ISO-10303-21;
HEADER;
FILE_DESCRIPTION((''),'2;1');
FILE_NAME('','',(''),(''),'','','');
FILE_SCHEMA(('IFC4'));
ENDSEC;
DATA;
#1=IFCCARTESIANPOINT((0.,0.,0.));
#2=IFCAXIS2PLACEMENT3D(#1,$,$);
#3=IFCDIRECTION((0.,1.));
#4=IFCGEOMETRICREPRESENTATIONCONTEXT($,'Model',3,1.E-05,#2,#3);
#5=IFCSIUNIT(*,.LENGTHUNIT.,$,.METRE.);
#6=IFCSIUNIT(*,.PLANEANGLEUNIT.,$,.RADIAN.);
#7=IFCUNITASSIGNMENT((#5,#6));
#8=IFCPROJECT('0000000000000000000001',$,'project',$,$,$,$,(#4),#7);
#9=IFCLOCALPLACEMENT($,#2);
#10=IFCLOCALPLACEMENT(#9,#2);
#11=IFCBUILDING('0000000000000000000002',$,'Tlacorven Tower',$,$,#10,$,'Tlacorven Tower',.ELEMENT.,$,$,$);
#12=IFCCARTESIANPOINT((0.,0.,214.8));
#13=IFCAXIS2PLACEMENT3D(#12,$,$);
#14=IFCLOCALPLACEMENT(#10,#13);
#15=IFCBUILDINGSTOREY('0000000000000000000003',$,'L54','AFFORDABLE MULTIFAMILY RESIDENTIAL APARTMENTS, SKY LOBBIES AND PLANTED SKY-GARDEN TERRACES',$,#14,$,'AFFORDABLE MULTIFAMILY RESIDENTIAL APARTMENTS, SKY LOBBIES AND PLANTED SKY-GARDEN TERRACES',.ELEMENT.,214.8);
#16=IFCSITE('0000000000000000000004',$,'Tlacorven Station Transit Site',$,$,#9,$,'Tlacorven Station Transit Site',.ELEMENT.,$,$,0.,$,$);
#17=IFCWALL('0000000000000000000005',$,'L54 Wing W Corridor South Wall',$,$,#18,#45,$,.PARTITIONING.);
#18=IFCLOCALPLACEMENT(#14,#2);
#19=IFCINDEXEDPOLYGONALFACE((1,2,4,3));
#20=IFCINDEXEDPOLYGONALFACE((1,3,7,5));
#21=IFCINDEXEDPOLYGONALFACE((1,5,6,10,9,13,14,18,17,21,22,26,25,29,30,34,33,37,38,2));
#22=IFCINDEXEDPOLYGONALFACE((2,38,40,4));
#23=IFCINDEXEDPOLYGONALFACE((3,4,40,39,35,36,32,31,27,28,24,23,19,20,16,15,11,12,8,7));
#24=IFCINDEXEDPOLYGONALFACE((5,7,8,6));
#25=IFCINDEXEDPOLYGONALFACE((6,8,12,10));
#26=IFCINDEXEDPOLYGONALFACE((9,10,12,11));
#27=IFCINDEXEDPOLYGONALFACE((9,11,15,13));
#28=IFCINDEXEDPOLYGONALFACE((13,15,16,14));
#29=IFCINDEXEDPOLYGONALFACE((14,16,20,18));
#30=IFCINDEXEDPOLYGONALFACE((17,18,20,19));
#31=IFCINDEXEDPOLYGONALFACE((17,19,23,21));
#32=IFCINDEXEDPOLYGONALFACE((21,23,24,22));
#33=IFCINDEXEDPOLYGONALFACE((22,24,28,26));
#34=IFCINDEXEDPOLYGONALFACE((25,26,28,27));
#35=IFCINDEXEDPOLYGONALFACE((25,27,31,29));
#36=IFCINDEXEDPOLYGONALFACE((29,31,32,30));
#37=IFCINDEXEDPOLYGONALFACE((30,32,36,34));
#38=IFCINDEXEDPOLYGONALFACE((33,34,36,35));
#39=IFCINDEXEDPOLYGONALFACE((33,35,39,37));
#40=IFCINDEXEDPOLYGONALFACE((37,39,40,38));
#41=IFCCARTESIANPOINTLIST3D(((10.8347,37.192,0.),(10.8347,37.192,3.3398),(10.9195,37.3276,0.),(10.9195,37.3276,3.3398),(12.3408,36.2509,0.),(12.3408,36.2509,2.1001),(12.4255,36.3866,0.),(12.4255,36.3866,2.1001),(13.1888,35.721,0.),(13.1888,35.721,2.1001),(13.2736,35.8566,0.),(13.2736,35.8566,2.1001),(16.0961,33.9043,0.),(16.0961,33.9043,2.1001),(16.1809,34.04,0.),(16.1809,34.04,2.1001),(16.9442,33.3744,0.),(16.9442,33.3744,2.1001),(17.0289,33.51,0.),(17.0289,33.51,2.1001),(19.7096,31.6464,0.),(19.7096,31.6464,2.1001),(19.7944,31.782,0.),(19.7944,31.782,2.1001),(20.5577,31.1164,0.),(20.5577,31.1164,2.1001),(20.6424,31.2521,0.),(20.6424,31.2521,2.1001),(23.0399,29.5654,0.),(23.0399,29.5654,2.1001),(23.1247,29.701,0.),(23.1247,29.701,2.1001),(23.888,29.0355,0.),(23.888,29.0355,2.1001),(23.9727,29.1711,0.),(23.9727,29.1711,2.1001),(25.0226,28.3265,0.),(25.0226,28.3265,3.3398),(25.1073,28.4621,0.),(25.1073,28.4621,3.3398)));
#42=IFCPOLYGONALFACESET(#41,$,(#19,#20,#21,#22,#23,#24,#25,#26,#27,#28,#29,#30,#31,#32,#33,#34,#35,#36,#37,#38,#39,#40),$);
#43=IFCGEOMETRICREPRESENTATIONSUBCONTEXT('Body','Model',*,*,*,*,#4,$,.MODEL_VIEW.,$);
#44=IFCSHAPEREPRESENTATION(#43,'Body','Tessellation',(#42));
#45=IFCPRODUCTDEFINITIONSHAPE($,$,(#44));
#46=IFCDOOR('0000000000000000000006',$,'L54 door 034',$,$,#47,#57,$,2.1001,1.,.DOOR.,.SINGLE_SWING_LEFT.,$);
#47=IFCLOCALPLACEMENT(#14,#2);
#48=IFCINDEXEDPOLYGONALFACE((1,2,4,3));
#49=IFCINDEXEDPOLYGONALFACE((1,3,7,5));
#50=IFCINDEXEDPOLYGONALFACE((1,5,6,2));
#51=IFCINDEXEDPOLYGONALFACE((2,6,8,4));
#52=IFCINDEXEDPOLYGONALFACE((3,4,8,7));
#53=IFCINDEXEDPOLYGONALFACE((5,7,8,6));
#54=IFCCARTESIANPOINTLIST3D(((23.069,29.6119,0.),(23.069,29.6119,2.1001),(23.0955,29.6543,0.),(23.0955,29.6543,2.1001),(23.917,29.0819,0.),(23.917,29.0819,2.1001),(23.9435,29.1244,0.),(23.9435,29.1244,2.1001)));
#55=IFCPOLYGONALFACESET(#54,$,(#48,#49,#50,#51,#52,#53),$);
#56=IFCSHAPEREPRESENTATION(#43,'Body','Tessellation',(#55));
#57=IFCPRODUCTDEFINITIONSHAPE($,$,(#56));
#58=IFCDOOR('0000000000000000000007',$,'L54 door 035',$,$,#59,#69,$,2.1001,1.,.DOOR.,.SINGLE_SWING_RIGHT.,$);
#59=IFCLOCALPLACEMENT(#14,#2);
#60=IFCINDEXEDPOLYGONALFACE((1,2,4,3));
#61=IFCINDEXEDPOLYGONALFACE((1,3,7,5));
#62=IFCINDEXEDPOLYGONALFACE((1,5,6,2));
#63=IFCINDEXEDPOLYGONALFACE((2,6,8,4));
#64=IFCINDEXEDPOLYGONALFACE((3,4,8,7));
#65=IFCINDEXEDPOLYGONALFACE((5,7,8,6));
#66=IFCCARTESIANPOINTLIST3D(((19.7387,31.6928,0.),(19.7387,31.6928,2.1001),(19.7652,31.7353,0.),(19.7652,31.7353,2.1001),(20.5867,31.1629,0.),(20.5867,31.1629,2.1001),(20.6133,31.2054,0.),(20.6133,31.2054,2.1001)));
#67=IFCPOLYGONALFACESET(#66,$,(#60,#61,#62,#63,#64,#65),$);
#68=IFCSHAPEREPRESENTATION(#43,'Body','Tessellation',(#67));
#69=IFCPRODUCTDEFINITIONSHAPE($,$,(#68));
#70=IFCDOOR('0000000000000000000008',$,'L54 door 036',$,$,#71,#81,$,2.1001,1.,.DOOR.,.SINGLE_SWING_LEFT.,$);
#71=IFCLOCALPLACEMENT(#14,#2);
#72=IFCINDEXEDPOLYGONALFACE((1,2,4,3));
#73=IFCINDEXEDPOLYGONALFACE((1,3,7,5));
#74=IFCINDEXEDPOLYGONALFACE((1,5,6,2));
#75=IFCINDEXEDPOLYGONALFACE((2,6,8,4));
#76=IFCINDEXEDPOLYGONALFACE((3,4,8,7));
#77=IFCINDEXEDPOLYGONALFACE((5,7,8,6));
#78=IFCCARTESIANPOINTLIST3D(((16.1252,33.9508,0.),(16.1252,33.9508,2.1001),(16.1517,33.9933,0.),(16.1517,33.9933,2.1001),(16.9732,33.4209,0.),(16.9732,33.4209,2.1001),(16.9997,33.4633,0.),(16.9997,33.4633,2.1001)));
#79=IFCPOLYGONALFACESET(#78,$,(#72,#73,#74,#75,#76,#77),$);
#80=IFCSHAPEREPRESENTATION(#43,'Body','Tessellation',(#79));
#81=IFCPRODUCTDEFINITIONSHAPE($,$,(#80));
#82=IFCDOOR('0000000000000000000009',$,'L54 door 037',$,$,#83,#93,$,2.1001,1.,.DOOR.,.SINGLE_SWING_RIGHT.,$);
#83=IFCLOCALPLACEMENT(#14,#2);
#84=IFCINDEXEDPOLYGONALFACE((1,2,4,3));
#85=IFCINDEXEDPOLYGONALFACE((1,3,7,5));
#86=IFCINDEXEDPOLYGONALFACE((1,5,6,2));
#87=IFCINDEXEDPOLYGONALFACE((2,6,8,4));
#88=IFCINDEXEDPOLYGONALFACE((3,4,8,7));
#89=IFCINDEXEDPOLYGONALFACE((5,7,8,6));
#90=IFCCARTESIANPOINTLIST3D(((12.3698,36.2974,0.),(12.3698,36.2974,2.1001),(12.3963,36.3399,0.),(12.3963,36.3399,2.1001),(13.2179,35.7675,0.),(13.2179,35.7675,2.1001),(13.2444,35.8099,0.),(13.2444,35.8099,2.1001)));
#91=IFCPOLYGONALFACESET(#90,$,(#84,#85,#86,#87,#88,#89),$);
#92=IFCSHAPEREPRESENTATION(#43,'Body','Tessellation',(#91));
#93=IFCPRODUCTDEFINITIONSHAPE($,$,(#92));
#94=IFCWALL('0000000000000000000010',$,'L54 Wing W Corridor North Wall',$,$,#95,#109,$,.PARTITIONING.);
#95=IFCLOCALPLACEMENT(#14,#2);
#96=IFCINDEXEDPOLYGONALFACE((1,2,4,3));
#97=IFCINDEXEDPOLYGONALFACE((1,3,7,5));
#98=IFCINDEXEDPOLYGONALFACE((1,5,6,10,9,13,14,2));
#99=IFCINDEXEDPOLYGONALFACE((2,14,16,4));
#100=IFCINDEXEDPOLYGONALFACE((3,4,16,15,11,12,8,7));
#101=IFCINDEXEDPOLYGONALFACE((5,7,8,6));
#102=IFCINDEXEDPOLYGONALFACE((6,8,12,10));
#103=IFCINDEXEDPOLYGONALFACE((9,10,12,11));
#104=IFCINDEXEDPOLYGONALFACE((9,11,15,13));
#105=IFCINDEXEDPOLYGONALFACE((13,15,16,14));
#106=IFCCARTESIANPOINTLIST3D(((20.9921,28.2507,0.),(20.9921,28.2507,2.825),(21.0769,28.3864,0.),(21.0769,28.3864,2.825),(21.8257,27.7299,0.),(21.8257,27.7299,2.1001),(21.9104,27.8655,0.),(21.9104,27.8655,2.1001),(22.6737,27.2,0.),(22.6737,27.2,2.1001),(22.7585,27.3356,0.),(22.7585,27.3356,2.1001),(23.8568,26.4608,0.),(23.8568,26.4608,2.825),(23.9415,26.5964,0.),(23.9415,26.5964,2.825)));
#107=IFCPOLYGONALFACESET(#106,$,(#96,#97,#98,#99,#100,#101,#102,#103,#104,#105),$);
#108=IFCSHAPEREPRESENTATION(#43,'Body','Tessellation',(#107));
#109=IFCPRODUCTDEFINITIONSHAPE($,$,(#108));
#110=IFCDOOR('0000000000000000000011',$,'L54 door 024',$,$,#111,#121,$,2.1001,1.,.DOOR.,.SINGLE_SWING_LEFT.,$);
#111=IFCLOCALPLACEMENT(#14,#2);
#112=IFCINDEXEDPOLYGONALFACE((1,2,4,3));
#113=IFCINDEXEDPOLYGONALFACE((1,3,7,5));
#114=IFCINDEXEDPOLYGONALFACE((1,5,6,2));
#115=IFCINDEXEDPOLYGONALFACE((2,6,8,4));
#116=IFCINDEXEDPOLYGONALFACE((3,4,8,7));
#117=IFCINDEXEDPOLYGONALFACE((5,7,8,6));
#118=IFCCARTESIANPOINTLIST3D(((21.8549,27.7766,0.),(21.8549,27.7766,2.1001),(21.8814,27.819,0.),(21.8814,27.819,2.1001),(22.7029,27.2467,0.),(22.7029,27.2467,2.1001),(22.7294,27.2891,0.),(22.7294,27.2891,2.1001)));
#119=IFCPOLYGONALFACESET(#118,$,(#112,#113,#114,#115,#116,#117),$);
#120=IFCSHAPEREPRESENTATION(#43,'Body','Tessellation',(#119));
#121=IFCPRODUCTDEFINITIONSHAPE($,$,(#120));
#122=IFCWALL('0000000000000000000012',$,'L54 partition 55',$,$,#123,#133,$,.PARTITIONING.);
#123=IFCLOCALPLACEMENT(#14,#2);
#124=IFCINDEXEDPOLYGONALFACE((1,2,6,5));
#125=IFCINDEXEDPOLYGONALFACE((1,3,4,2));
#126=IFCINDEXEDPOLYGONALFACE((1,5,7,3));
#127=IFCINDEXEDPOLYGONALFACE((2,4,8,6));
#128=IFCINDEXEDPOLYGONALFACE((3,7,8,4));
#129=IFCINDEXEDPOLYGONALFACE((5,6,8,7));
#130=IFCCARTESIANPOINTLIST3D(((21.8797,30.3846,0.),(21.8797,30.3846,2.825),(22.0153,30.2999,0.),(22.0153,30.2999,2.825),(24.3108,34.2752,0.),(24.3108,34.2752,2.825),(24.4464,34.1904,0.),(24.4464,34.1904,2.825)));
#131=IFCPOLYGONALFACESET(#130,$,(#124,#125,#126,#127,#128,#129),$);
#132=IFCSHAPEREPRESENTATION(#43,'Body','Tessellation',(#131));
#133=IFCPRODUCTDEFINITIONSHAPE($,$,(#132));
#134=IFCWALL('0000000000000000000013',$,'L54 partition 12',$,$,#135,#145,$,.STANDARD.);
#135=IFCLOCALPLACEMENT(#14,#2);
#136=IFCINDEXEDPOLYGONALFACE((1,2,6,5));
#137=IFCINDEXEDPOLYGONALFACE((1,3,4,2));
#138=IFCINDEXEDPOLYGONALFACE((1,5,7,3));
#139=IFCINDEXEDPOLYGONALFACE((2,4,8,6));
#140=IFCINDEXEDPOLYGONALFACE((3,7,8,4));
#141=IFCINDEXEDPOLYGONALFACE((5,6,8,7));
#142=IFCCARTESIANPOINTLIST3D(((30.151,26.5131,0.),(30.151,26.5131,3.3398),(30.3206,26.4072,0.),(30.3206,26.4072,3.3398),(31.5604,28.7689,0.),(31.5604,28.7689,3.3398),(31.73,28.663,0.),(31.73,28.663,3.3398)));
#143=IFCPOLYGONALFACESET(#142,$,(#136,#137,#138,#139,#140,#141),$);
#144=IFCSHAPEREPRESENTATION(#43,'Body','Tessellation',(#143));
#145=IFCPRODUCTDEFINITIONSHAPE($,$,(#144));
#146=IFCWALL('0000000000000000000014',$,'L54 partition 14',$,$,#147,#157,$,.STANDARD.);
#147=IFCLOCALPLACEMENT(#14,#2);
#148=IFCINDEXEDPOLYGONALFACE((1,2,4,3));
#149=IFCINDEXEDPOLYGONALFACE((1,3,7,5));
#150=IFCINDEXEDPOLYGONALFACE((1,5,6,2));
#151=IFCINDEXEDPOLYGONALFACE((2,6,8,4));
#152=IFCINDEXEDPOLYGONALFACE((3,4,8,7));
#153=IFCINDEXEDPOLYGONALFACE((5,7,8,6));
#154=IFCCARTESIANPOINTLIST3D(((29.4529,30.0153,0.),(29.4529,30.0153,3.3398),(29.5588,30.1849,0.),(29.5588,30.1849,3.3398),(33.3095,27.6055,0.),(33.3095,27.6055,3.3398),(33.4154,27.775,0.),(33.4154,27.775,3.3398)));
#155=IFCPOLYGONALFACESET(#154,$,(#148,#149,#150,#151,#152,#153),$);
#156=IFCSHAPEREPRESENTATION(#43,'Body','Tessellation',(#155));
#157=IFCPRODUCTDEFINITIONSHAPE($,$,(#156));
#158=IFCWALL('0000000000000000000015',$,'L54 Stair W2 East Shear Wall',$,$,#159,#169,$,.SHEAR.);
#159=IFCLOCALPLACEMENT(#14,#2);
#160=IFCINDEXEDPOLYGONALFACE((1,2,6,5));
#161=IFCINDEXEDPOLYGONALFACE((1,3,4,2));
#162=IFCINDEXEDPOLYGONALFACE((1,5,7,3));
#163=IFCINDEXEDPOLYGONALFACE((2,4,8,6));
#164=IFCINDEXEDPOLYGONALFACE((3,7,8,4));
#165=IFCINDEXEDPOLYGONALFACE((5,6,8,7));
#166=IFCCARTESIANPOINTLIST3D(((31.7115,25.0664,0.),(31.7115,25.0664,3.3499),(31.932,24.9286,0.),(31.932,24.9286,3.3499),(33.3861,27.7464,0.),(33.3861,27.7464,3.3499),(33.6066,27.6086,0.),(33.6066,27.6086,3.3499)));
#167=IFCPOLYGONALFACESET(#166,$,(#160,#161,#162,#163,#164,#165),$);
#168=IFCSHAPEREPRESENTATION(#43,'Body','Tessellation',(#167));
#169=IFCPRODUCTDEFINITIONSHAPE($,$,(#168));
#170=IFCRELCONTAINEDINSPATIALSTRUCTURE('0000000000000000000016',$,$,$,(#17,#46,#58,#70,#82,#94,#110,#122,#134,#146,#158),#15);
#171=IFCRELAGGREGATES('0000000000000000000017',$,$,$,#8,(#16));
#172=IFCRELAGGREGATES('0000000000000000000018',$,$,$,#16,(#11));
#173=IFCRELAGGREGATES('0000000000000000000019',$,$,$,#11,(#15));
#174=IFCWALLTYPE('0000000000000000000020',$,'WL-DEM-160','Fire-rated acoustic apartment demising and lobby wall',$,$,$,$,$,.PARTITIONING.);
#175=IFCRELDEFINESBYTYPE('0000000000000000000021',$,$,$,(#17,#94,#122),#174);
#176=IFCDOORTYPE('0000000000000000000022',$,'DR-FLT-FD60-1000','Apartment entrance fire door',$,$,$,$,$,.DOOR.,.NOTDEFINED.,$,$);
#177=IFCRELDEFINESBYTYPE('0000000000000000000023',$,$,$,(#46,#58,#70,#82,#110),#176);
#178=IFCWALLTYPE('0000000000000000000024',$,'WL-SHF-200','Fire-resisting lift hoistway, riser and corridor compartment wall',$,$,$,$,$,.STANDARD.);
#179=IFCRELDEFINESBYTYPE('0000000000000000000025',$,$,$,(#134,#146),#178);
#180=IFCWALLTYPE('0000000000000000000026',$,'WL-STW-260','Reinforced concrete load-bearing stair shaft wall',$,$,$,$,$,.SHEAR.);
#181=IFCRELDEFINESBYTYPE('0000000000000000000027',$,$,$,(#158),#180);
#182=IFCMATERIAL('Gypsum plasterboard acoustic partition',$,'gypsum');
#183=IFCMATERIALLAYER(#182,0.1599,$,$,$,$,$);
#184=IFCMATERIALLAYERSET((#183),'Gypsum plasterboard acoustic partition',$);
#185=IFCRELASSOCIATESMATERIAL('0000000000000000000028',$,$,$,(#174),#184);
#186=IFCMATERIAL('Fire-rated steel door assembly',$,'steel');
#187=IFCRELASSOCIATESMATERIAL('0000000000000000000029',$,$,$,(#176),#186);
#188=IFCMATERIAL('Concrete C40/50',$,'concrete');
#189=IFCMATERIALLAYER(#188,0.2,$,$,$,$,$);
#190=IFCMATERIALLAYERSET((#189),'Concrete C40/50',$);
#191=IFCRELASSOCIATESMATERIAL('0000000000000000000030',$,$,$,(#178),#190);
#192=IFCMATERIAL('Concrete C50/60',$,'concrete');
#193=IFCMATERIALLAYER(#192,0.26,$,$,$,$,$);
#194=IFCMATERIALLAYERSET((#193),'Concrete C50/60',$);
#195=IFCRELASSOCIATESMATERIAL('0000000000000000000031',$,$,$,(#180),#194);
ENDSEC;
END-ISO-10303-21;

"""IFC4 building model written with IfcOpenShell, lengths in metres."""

from ifc_helpers import new_model, si_unit, direction, frame, frame_2d, origin, place, context, subcontext, project, spatial, rectangle, extrude, source, transform, mapped, material, layer, layer_set, type_object, element, fill, save


model = new_model("IFC4")

# Units and contexts
model_context = context("Model", 3, precision=1e-05, world=origin(), true_north=direction((0.0, 1.0)))
body_context = subcontext(model_context, "Body", "Model", "MODEL_VIEW")
ifc_project = project(units=[si_unit("LENGTHUNIT", "METRE"), si_unit("PLANEANGLEUNIT", "RADIAN")], contexts=[model_context])

# Site, building, storey
site_placement = place(None, origin())
site = spatial("IfcSite", under=ifc_project, at=site_placement, Name="Tlacorven Station Transit Site", LongName="Tlacorven Station Transit Site", CompositionType="ELEMENT", RefElevation=0.0)
building_placement = place(site_placement, origin())
building = spatial("IfcBuilding", under=site, at=building_placement, Name="Tlacorven Tower", LongName="Tlacorven Tower", CompositionType="ELEMENT")
storey_placement = place(building_placement, frame((0.0, 0.0, 214.8)))
storey = spatial("IfcBuildingStorey", under=building, at=storey_placement, Name="L54", Description="AFFORDABLE MULTIFAMILY RESIDENTIAL APARTMENTS, SKY LOBBIES AND PLANTED SKY-GARDEN TERRACES", LongName="AFFORDABLE MULTIFAMILY RESIDENTIAL APARTMENTS, SKY LOBBIES AND PLANTED SKY-GARDEN TERRACES", CompositionType="ELEMENT", Elevation=214.8)

# Shared definitions
ifc_material_1 = material(Name="Concrete C50/60", Category="concrete")
ifc_material_2 = material(Name="Gypsum plasterboard acoustic partition", Category="gypsum")
ifc_layer_1 = layer(ifc_material_2, 0.1599)
ifc_layer_set_1 = layer_set([ifc_layer_1], Name="Gypsum plasterboard acoustic partition")
wall_type_1 = type_object("IfcWallType", Name="WL-DEM-160", Description="Fire-rated acoustic apartment demising and lobby wall", PredefinedType="PARTITIONING", material=ifc_layer_set_1)

# Wall, openings, doors
wall_1_placement = place(storey_placement, frame((25.0649, 28.3943, 0.0), z_axis=(0.0, 0.0, 1.0), x_axis=(-0.848048, 0.529919, 0.0)))
wall_1 = element("IfcWall", 1, at=wall_1_placement, inside=storey, type_object=wall_type_1, Name="L54 Wing W Corridor South Wall", PredefinedType="PARTITIONING", context=body_context, shape_type="SweptSolid", body=[
    extrude(rectangle(XDim=16.73, YDim=0.1599, at=frame_2d((8.365, 0.0))), origin(), (0.0, 0.0, 1.0), 3.3398),
])
opening_1_placement = place(wall_1_placement, frame((1.3379, 0.0, 0.0)))
opening_1 = element("IfcOpeningElement", 2, at=opening_1_placement, cuts=wall_1, PredefinedType="OPENING", context=body_context, shape_type="SweptSolid", body=[
    extrude(rectangle(XDim=1.0, YDim=2.1001, at=frame_2d((0.5, 1.05))), frame((0.0, 0.0898, 0.0), z_axis=(0.0, -1.0, 0.0), x_axis=(1.0, 0.0, 0.0)), (0.0, 0.0, 1.0), 0.1799),
])
opening_2_placement = place(wall_1_placement, frame((5.2649, 0.0, 0.0)))
opening_2 = element("IfcOpeningElement", 3, at=opening_2_placement, cuts=wall_1, PredefinedType="OPENING", context=body_context, shape_type="SweptSolid", body=[
    extrude(rectangle(XDim=1.0, YDim=2.1001, at=frame_2d((0.5, 1.05))), frame((0.0, 0.0898, 0.0), z_axis=(0.0, -1.0, 0.0), x_axis=(1.0, 0.0, 0.0)), (0.0, 0.0, 1.0), 0.1799),
])
opening_3_placement = place(wall_1_placement, frame((9.5259, 0.0, 0.0)))
opening_3 = element("IfcOpeningElement", 4, at=opening_3_placement, cuts=wall_1, PredefinedType="OPENING", context=body_context, shape_type="SweptSolid", body=[
    extrude(rectangle(XDim=1.0, YDim=2.1001, at=frame_2d((0.5, 1.05))), frame((0.0, 0.0898, 0.0), z_axis=(0.0, -1.0, 0.0), x_axis=(1.0, 0.0, 0.0)), (0.0, 0.0, 1.0), 0.1799),
])
opening_4_placement = place(wall_1_placement, frame((13.9541, 0.0, 0.0)))
opening_4 = element("IfcOpeningElement", 5, at=opening_4_placement, cuts=wall_1, PredefinedType="OPENING", context=body_context, shape_type="SweptSolid", body=[
    extrude(rectangle(XDim=1.0, YDim=2.1001, at=frame_2d((0.5, 1.05))), frame((0.0, 0.0898, 0.0), z_axis=(0.0, -1.0, 0.0), x_axis=(1.0, 0.0, 0.0)), (0.0, 0.0, 1.0), 0.1799),
])
ifc_material_3 = material(Name="Fire-rated steel door assembly", Category="steel")
door_type_1 = type_object("IfcDoorType", Name="DR-FLT-FD60-1000", Description="Apartment entrance fire door", OperationType="NOTDEFINED", PredefinedType="DOOR", material=ifc_material_3)
shared_shape_1 = source(origin(), body_context, "Body", "SweptSolid", [
    extrude(rectangle(XDim=1.0, YDim=2.1001, at=frame_2d((0.5, 1.05))), frame((0.0, 0.0249, 0.0), z_axis=(0.0, -1.0, 0.0), x_axis=(1.0, 0.0, 0.0)), (0.0, 0.0, 1.0), 0.05),
])
door_1_placement = place(opening_1_placement, frame((1.0, 0.0, 0.0), z_axis=(0.0, 0.0, 1.0), x_axis=(-1.0, 0.0, 0.0)))
door_1 = element("IfcDoor", 6, at=door_1_placement, inside=storey, type_object=door_type_1, Name="L54 door 034", OperationType="SINGLE_SWING_LEFT", OverallHeight=2.1001, OverallWidth=1.0, PredefinedType="DOOR", context=body_context, shape_type="MappedRepresentation", body=[
    mapped(shared_shape_1, transform((0.0, 0.0, 0.0), scale=1.0)),
])
fill(opening_1, door_1)
door_2_placement = place(opening_2_placement, frame((1.0, 0.0, 0.0), z_axis=(0.0, 0.0, 1.0), x_axis=(-1.0, 0.0, 0.0)))
door_2 = element("IfcDoor", 7, at=door_2_placement, inside=storey, type_object=door_type_1, Name="L54 door 035", OperationType="SINGLE_SWING_RIGHT", OverallHeight=2.1001, OverallWidth=1.0, PredefinedType="DOOR", context=body_context, shape_type="MappedRepresentation", body=[
    mapped(shared_shape_1, transform((0.0, 0.0, 0.0), scale=1.0)),
])
fill(opening_2, door_2)
door_3_placement = place(opening_3_placement, frame((1.0, 0.0, 0.0), z_axis=(0.0, 0.0, 1.0), x_axis=(-1.0, 0.0, 0.0)))
door_3 = element("IfcDoor", 8, at=door_3_placement, inside=storey, type_object=door_type_1, Name="L54 door 036", OperationType="SINGLE_SWING_LEFT", OverallHeight=2.1001, OverallWidth=1.0, PredefinedType="DOOR", context=body_context, shape_type="MappedRepresentation", body=[
    mapped(shared_shape_1, transform((0.0, 0.0, 0.0), scale=1.0)),
])
fill(opening_3, door_3)
door_4_placement = place(opening_4_placement, frame((1.0, 0.0, 0.0), z_axis=(0.0, 0.0, 1.0), x_axis=(-1.0, 0.0, 0.0)))
door_4 = element("IfcDoor", 9, at=door_4_placement, inside=storey, type_object=door_type_1, Name="L54 door 037", OperationType="SINGLE_SWING_RIGHT", OverallHeight=2.1001, OverallWidth=1.0, PredefinedType="DOOR", context=body_context, shape_type="MappedRepresentation", body=[
    mapped(shared_shape_1, transform((0.0, 0.0, 0.0), scale=1.0)),
])
fill(opening_4, door_4)

# Wall, opening, door
wall_2_placement = place(storey_placement, frame((23.8992, 26.5286, 0.0), z_axis=(0.0, 0.0, 1.0), x_axis=(-0.848055, 0.529908, 0.0)))
wall_2 = element("IfcWall", 10, at=wall_2_placement, inside=storey, type_object=wall_type_1, Name="L54 Wing W Corridor North Wall", PredefinedType="PARTITIONING", context=body_context, shape_type="SweptSolid", body=[
    extrude(rectangle(XDim=3.3779, YDim=0.1599, at=frame_2d((1.689, 0.0))), origin(), (0.0, 0.0, 1.0), 2.825),
])
opening_5_placement = place(wall_2_placement, frame((1.395, 0.0, 0.0)))
opening_5 = element("IfcOpeningElement", 11, at=opening_5_placement, cuts=wall_2, PredefinedType="OPENING", context=body_context, shape_type="SweptSolid", body=[
    extrude(rectangle(XDim=1.0, YDim=2.1001, at=frame_2d((0.5, 1.05))), frame((0.0, 0.0898, 0.0), z_axis=(0.0, -1.0, 0.0), x_axis=(1.0, 0.0, 0.0)), (0.0, 0.0, 1.0), 0.1799),
])
door_5_placement = place(opening_5_placement, origin())
door_5 = element("IfcDoor", 12, at=door_5_placement, inside=storey, type_object=door_type_1, Name="L54 door 024", OperationType="SINGLE_SWING_LEFT", OverallHeight=2.1001, OverallWidth=1.0, PredefinedType="DOOR", context=body_context, shape_type="MappedRepresentation", body=[
    mapped(shared_shape_1, transform((0.0, 0.0, 0.0), scale=1.0)),
])
fill(opening_5, door_5)

# Walls
wall_3_placement = place(storey_placement, frame((24.3787, 34.2329, 0.0), z_axis=(0.0, 0.0, 1.0), x_axis=(-0.529922, -0.848046, 0.0)))
element("IfcWall", 13, at=wall_3_placement, inside=storey, type_object=wall_type_1, Name="L54 partition 55", PredefinedType="PARTITIONING", context=body_context, shape_type="SweptSolid", body=[
    extrude(rectangle(XDim=4.5876, YDim=0.1599, at=frame_2d((2.2939, 0.0))), origin(), (0.0, 0.0, 1.0), 2.825),
])
ifc_material_4 = material(Name="Concrete C40/50", Category="concrete")
ifc_layer_2 = layer(ifc_material_4, 0.2)
ifc_layer_set_2 = layer_set([ifc_layer_2], Name="Concrete C40/50")
wall_type_2 = type_object("IfcWallType", Name="WL-SHF-200", Description="Fire-resisting lift hoistway, riser and corridor compartment wall", PredefinedType="STANDARD", material=ifc_layer_set_2)
wall_4_placement = place(storey_placement, frame((31.6453, 28.7161, 0.0), z_axis=(0.0, 0.0, 1.0), x_axis=(-0.529867, -0.848081, 0.0)))
element("IfcWall", 14, at=wall_4_placement, inside=storey, type_object=wall_type_2, Name="L54 partition 12", PredefinedType="STANDARD", context=body_context, shape_type="SweptSolid", body=[
    extrude(rectangle(XDim=2.6599, YDim=0.2, at=frame_2d((1.3301, 0.0))), origin(), (0.0, 0.0, 1.0), 3.3398),
])
wall_5_placement = place(storey_placement, frame((33.3625, 27.6902, 0.0), z_axis=(0.0, 0.0, 1.0), x_axis=(-0.84805, 0.529917, 0.0)))
element("IfcWall", 15, at=wall_5_placement, inside=storey, type_object=wall_type_2, Name="L54 partition 14", PredefinedType="STANDARD", context=body_context, shape_type="SweptSolid", body=[
    extrude(rectangle(XDim=4.5476, YDim=0.2, at=frame_2d((2.2739, 0.0))), origin(), (0.0, 0.0, 1.0), 3.3398),
])

# Wall
ifc_layer_3 = layer(ifc_material_1, 0.26)
ifc_layer_set_3 = layer_set([ifc_layer_3], Name="Concrete C50/60")
wall_type_3 = type_object("IfcWallType", Name="WL-STW-260", Description="Reinforced concrete load-bearing stair shaft wall", PredefinedType="SHEAR", material=ifc_layer_set_3)
wall_6_placement = place(storey_placement, frame((33.4963, 27.6775, 0.0), z_axis=(0.0, 0.0, 1.0), x_axis=(-0.529909, -0.848055, 0.0)))
element("IfcWall", 16, at=wall_6_placement, inside=storey, type_object=wall_type_3, Name="L54 Stair W2 East Shear Wall", PredefinedType="SHEAR", context=body_context, shape_type="SweptSolid", body=[
    extrude(rectangle(XDim=3.1602, YDim=0.26, at=frame_2d((1.5801, 0.0))), origin(), (0.0, 0.0, 1.0), 3.3499),
])

save(model, "model.ifc")
